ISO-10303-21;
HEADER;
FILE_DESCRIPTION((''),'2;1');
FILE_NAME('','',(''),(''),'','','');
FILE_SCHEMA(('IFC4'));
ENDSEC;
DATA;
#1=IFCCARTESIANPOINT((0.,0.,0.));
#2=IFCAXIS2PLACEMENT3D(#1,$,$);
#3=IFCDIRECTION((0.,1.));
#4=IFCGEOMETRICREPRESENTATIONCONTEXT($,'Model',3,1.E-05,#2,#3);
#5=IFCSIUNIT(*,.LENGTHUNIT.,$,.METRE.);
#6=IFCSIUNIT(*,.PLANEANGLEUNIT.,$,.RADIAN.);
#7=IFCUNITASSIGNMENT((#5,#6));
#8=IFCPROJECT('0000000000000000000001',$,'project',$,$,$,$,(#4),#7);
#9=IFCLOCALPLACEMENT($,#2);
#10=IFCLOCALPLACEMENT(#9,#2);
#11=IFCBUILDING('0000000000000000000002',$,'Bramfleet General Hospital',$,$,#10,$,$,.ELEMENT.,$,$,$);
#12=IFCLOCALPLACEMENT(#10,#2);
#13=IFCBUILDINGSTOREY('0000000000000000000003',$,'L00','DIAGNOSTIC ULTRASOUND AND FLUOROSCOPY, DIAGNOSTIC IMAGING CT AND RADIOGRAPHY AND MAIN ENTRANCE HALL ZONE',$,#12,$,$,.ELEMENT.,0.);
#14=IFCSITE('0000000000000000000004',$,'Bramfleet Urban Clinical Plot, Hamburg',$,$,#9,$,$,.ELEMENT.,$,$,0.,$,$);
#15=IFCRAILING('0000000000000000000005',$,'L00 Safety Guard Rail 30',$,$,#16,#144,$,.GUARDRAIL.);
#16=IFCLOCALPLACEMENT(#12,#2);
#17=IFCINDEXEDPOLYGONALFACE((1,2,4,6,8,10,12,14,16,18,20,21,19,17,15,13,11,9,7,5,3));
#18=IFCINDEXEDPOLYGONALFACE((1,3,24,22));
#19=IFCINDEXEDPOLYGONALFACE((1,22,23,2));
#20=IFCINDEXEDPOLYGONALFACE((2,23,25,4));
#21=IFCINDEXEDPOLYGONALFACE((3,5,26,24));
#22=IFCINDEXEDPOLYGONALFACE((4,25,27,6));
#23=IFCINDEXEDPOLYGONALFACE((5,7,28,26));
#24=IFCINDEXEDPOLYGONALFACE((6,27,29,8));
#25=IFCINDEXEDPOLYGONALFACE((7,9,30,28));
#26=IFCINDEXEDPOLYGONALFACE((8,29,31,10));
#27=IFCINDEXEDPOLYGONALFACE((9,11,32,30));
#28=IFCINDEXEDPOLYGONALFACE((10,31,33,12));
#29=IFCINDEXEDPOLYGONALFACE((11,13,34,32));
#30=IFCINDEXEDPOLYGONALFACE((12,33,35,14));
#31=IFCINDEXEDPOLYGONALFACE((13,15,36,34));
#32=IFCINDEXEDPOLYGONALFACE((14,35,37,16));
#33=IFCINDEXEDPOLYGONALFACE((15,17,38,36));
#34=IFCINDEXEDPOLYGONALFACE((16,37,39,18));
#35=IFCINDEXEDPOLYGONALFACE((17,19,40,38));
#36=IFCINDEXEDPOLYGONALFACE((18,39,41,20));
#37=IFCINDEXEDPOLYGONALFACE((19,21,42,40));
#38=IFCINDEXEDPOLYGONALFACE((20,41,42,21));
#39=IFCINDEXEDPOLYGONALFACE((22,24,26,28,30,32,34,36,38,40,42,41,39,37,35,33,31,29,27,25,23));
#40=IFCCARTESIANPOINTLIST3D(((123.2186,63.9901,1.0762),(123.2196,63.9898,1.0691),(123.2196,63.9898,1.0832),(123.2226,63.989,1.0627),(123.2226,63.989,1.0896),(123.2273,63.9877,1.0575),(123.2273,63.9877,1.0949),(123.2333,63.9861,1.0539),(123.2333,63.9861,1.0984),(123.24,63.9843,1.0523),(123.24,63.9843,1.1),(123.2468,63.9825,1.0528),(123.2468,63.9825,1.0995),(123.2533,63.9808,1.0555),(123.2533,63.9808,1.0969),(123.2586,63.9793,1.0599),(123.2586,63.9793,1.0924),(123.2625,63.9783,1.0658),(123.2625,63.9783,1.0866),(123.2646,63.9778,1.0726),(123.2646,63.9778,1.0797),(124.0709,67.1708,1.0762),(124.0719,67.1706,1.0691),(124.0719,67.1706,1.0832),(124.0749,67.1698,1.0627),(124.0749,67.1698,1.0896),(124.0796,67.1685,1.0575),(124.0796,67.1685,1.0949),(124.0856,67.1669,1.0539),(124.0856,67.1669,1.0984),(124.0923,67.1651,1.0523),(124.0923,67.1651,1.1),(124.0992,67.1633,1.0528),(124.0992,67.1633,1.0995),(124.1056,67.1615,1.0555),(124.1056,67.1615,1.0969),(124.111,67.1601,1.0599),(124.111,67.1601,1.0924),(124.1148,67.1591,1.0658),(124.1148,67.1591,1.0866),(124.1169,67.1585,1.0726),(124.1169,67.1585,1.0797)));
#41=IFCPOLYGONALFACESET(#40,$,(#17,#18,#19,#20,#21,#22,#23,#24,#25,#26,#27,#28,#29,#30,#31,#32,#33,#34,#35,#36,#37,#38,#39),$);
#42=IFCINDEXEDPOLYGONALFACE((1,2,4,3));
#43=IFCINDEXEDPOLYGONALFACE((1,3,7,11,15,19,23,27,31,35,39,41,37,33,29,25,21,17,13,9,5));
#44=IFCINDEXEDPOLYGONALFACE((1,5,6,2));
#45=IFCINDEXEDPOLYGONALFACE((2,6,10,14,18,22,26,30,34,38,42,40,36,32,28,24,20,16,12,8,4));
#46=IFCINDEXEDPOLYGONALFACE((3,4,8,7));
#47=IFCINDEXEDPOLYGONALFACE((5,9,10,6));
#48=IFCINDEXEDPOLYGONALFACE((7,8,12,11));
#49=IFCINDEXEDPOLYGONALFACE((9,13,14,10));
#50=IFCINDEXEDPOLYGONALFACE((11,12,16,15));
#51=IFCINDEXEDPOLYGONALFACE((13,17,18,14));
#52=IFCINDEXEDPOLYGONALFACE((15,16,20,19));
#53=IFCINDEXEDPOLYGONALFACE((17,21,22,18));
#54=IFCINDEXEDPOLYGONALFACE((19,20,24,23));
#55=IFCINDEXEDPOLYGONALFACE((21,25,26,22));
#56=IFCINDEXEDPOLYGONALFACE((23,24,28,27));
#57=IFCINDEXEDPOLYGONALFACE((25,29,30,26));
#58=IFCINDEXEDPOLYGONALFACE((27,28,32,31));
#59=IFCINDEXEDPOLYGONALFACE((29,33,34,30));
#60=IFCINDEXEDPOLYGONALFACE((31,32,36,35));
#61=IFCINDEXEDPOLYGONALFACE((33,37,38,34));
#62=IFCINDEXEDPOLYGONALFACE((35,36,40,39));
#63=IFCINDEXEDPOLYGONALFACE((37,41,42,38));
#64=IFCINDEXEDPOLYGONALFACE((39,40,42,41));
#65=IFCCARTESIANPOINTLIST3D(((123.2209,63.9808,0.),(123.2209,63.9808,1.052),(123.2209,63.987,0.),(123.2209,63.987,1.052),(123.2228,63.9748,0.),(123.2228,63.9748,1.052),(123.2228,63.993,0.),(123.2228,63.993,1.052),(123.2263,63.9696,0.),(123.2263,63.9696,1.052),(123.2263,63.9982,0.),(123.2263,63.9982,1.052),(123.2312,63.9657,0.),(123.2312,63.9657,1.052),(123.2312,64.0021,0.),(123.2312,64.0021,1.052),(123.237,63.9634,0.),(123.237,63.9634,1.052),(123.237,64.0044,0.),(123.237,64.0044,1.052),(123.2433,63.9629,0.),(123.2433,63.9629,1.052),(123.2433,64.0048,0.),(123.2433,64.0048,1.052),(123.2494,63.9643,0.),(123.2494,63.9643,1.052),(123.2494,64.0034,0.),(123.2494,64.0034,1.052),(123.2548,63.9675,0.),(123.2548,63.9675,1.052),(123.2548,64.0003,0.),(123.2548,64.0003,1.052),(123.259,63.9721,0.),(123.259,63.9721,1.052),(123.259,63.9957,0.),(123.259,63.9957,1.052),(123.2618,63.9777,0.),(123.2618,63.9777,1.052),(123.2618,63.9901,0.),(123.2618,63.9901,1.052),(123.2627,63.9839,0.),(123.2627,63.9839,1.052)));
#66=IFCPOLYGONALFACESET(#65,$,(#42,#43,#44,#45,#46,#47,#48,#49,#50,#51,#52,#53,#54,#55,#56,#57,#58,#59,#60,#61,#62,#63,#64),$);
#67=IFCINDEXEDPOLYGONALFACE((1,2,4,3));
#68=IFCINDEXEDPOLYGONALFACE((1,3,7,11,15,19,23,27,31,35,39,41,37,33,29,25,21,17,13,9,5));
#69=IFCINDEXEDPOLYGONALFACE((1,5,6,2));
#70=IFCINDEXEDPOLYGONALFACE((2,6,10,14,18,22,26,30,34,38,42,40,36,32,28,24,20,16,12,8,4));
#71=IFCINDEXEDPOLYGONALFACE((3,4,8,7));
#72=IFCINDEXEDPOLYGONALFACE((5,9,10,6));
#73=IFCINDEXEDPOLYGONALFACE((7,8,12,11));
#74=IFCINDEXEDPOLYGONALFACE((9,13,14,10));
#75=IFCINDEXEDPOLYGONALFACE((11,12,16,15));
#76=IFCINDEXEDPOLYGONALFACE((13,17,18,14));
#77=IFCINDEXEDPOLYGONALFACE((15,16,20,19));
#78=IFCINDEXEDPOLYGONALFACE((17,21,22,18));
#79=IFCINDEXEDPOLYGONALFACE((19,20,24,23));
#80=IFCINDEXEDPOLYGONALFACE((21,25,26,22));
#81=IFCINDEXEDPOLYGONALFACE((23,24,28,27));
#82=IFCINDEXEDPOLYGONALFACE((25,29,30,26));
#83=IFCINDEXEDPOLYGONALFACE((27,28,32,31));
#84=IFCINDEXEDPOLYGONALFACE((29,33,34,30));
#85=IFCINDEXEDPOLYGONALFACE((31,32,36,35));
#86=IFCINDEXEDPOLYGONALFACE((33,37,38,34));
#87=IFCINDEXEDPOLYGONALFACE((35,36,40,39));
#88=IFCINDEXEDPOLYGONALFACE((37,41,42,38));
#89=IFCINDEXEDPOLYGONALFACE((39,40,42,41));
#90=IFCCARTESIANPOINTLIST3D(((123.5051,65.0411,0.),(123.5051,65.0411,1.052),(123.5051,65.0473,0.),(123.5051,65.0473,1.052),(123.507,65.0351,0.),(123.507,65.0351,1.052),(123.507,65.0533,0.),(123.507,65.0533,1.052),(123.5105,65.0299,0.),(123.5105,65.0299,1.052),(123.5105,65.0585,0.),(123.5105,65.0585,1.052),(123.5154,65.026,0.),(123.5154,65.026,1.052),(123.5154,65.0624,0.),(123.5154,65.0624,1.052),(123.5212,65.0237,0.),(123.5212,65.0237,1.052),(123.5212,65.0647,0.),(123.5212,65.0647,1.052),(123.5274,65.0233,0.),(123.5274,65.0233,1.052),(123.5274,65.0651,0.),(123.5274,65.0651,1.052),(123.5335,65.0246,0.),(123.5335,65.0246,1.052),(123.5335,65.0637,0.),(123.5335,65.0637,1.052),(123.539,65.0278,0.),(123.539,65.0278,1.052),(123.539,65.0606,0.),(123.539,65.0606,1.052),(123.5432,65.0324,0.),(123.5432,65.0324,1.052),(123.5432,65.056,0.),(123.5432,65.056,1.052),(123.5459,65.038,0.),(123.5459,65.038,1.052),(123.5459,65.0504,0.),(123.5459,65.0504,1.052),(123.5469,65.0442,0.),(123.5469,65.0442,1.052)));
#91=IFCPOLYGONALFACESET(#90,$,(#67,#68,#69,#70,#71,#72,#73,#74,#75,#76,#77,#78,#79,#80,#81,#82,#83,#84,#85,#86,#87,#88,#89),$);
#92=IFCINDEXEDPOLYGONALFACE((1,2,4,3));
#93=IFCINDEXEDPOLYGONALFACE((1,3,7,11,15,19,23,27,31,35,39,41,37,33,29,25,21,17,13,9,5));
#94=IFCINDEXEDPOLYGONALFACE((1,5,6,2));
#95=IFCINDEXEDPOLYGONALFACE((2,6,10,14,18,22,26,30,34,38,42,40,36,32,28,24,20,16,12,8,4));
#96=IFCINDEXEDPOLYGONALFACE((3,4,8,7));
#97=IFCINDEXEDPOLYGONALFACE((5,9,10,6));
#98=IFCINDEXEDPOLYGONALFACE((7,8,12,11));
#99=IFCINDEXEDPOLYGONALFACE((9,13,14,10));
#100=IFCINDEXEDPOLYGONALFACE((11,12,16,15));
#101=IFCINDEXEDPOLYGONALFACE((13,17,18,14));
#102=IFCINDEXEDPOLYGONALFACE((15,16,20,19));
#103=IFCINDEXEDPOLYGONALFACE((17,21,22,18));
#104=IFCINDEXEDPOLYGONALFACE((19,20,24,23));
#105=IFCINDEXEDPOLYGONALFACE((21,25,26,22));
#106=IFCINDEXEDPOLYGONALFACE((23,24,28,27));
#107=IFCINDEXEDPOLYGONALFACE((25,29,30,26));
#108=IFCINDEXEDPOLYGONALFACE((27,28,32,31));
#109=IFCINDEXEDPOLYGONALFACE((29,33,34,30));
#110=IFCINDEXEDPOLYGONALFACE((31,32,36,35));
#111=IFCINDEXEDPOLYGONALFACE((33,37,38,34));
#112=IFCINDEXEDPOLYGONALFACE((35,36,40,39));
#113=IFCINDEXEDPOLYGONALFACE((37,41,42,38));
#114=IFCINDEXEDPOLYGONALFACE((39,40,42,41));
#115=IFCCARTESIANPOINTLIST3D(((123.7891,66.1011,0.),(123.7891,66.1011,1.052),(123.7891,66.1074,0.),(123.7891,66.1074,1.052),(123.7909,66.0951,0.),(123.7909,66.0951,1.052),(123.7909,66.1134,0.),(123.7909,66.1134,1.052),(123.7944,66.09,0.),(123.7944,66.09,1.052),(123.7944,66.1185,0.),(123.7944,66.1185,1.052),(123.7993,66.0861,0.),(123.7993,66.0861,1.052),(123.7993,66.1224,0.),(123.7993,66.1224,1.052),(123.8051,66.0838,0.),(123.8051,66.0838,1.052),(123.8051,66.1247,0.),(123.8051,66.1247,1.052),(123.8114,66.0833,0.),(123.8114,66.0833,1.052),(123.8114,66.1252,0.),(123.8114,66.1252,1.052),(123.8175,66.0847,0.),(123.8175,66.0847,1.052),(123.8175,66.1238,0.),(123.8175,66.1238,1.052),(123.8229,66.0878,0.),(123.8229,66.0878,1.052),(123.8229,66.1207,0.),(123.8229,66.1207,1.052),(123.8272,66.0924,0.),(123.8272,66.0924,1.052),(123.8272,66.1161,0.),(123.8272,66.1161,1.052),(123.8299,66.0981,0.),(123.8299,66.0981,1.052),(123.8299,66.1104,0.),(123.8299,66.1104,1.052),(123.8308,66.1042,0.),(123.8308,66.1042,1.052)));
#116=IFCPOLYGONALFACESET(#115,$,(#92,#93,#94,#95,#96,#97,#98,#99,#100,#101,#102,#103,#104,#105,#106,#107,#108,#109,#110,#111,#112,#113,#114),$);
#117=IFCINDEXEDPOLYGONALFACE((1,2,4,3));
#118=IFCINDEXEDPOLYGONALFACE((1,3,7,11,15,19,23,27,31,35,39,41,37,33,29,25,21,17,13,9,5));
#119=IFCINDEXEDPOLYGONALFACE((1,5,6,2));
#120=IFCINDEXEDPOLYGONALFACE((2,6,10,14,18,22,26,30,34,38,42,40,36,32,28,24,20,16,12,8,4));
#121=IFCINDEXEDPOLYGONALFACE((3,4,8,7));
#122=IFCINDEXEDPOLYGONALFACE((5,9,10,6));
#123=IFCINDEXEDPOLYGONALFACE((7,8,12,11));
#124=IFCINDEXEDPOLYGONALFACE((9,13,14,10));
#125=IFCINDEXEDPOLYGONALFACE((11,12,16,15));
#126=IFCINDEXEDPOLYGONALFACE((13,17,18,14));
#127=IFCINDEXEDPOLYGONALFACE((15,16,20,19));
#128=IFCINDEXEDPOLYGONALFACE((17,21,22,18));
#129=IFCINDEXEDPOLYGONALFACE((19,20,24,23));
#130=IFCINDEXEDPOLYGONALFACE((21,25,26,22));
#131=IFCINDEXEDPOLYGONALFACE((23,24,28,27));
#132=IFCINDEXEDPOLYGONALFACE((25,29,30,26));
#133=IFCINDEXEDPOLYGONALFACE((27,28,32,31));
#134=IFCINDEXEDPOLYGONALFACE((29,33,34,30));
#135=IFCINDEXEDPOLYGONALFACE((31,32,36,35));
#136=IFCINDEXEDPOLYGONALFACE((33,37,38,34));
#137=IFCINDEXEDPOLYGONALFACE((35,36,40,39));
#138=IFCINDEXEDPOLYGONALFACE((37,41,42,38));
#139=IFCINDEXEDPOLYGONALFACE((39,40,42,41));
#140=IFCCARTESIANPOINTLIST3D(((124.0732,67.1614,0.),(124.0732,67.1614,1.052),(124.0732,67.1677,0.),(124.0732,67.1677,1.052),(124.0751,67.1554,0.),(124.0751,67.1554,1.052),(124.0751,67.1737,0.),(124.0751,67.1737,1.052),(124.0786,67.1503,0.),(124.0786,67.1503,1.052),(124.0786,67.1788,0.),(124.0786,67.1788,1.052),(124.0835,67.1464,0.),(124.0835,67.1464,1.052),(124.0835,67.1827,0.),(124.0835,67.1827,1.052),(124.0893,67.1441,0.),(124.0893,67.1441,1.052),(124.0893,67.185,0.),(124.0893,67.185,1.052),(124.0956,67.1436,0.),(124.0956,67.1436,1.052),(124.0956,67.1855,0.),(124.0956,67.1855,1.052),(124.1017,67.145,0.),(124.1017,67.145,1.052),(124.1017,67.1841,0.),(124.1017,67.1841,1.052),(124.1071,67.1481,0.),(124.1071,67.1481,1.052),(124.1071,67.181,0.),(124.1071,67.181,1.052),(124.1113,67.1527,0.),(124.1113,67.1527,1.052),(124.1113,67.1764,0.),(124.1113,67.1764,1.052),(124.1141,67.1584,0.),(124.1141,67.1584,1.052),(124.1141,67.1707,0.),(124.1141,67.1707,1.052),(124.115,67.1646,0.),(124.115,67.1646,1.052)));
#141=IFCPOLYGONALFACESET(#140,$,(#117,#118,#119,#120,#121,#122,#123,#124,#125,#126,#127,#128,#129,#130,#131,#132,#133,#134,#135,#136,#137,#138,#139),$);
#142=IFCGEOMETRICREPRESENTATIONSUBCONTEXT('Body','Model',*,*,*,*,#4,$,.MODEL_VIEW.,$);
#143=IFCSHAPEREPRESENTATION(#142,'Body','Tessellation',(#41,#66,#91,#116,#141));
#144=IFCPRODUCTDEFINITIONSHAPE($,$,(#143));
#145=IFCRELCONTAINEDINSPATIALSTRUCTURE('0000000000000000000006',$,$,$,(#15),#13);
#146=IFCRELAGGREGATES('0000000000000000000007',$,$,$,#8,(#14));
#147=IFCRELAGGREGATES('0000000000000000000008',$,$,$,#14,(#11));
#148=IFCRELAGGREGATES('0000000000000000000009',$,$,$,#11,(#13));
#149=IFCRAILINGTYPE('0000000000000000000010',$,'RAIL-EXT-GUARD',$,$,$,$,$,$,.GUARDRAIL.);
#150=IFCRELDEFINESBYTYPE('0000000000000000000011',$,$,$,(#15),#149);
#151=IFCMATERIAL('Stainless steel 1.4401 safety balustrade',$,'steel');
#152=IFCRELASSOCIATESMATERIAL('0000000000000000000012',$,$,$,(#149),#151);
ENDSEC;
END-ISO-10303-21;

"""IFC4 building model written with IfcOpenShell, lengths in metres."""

from ifc_helpers import new_model, si_unit, direction, frame, origin, origin_2d, place, context, subcontext, project, spatial, circle, extrude, material, type_object, element, save


model = new_model("IFC4")

# Units and contexts
model_context = context("Model", 3, precision=1e-05, world=origin(), true_north=direction((0.0, 1.0)))
body_context = subcontext(model_context, "Body", "Model", "MODEL_VIEW")
ifc_project = project(units=[si_unit("LENGTHUNIT", "METRE"), si_unit("PLANEANGLEUNIT", "RADIAN")], contexts=[model_context])

# Site, building, storey
site_placement = place(None, origin())
site = spatial("IfcSite", under=ifc_project, at=site_placement, Name="Bramfleet Urban Clinical Plot, Hamburg", CompositionType="ELEMENT", RefElevation=0.0)
building_placement = place(site_placement, origin())
building = spatial("IfcBuilding", under=site, at=building_placement, Name="Bramfleet General Hospital", CompositionType="ELEMENT")
storey_placement = place(building_placement, origin())
storey = spatial("IfcBuildingStorey", under=building, at=storey_placement, Name="L00", Description="DIAGNOSTIC ULTRASOUND AND FLUOROSCOPY, DIAGNOSTIC IMAGING CT AND RADIOGRAPHY AND MAIN ENTRANCE HALL ZONE", CompositionType="ELEMENT", Elevation=0.0)

# Railing
ifc_material_1 = material(Name="Stainless steel 1.4401 safety balustrade", Category="steel")
railing_type = type_object("IfcRailingType", Name="RAIL-EXT-GUARD", PredefinedType="GUARDRAIL", material=ifc_material_1)
railing_1_placement = place(storey_placement, frame((123.2417, 63.9839, 0.0)))
element("IfcRailing", 1, at=railing_1_placement, inside=storey, type_object=railing_type, Name="L00 Safety Guard Rail 30", PredefinedType="GUARDRAIL", context=body_context, shape_type="SweptSolid", body=[
    extrude(circle(Radius=0.0239, at=origin_2d()), frame((0.0, 0.0, 1.0762), z_axis=(0.25883, 0.965923, 0.0), x_axis=(-0.965923, 0.25883, 0.0)), (0.0, 0.0, 1.0), 3.293),
    extrude(circle(Radius=0.021, at=origin_2d()), origin(), (0.0, 0.0, 1.0), 1.052),
    extrude(circle(Radius=0.021, at=origin_2d()), frame((0.2842, 1.0603, 0.0)), (0.0, 0.0, 1.0), 1.052),
    extrude(circle(Radius=0.021, at=origin_2d()), frame((0.5681, 2.1204, 0.0)), (0.0, 0.0, 1.0), 1.052),
    extrude(circle(Radius=0.021, at=origin_2d()), frame((0.8523, 3.1807, 0.0)), (0.0, 0.0, 1.0), 1.052),
])

save(model, "model.ifc")
